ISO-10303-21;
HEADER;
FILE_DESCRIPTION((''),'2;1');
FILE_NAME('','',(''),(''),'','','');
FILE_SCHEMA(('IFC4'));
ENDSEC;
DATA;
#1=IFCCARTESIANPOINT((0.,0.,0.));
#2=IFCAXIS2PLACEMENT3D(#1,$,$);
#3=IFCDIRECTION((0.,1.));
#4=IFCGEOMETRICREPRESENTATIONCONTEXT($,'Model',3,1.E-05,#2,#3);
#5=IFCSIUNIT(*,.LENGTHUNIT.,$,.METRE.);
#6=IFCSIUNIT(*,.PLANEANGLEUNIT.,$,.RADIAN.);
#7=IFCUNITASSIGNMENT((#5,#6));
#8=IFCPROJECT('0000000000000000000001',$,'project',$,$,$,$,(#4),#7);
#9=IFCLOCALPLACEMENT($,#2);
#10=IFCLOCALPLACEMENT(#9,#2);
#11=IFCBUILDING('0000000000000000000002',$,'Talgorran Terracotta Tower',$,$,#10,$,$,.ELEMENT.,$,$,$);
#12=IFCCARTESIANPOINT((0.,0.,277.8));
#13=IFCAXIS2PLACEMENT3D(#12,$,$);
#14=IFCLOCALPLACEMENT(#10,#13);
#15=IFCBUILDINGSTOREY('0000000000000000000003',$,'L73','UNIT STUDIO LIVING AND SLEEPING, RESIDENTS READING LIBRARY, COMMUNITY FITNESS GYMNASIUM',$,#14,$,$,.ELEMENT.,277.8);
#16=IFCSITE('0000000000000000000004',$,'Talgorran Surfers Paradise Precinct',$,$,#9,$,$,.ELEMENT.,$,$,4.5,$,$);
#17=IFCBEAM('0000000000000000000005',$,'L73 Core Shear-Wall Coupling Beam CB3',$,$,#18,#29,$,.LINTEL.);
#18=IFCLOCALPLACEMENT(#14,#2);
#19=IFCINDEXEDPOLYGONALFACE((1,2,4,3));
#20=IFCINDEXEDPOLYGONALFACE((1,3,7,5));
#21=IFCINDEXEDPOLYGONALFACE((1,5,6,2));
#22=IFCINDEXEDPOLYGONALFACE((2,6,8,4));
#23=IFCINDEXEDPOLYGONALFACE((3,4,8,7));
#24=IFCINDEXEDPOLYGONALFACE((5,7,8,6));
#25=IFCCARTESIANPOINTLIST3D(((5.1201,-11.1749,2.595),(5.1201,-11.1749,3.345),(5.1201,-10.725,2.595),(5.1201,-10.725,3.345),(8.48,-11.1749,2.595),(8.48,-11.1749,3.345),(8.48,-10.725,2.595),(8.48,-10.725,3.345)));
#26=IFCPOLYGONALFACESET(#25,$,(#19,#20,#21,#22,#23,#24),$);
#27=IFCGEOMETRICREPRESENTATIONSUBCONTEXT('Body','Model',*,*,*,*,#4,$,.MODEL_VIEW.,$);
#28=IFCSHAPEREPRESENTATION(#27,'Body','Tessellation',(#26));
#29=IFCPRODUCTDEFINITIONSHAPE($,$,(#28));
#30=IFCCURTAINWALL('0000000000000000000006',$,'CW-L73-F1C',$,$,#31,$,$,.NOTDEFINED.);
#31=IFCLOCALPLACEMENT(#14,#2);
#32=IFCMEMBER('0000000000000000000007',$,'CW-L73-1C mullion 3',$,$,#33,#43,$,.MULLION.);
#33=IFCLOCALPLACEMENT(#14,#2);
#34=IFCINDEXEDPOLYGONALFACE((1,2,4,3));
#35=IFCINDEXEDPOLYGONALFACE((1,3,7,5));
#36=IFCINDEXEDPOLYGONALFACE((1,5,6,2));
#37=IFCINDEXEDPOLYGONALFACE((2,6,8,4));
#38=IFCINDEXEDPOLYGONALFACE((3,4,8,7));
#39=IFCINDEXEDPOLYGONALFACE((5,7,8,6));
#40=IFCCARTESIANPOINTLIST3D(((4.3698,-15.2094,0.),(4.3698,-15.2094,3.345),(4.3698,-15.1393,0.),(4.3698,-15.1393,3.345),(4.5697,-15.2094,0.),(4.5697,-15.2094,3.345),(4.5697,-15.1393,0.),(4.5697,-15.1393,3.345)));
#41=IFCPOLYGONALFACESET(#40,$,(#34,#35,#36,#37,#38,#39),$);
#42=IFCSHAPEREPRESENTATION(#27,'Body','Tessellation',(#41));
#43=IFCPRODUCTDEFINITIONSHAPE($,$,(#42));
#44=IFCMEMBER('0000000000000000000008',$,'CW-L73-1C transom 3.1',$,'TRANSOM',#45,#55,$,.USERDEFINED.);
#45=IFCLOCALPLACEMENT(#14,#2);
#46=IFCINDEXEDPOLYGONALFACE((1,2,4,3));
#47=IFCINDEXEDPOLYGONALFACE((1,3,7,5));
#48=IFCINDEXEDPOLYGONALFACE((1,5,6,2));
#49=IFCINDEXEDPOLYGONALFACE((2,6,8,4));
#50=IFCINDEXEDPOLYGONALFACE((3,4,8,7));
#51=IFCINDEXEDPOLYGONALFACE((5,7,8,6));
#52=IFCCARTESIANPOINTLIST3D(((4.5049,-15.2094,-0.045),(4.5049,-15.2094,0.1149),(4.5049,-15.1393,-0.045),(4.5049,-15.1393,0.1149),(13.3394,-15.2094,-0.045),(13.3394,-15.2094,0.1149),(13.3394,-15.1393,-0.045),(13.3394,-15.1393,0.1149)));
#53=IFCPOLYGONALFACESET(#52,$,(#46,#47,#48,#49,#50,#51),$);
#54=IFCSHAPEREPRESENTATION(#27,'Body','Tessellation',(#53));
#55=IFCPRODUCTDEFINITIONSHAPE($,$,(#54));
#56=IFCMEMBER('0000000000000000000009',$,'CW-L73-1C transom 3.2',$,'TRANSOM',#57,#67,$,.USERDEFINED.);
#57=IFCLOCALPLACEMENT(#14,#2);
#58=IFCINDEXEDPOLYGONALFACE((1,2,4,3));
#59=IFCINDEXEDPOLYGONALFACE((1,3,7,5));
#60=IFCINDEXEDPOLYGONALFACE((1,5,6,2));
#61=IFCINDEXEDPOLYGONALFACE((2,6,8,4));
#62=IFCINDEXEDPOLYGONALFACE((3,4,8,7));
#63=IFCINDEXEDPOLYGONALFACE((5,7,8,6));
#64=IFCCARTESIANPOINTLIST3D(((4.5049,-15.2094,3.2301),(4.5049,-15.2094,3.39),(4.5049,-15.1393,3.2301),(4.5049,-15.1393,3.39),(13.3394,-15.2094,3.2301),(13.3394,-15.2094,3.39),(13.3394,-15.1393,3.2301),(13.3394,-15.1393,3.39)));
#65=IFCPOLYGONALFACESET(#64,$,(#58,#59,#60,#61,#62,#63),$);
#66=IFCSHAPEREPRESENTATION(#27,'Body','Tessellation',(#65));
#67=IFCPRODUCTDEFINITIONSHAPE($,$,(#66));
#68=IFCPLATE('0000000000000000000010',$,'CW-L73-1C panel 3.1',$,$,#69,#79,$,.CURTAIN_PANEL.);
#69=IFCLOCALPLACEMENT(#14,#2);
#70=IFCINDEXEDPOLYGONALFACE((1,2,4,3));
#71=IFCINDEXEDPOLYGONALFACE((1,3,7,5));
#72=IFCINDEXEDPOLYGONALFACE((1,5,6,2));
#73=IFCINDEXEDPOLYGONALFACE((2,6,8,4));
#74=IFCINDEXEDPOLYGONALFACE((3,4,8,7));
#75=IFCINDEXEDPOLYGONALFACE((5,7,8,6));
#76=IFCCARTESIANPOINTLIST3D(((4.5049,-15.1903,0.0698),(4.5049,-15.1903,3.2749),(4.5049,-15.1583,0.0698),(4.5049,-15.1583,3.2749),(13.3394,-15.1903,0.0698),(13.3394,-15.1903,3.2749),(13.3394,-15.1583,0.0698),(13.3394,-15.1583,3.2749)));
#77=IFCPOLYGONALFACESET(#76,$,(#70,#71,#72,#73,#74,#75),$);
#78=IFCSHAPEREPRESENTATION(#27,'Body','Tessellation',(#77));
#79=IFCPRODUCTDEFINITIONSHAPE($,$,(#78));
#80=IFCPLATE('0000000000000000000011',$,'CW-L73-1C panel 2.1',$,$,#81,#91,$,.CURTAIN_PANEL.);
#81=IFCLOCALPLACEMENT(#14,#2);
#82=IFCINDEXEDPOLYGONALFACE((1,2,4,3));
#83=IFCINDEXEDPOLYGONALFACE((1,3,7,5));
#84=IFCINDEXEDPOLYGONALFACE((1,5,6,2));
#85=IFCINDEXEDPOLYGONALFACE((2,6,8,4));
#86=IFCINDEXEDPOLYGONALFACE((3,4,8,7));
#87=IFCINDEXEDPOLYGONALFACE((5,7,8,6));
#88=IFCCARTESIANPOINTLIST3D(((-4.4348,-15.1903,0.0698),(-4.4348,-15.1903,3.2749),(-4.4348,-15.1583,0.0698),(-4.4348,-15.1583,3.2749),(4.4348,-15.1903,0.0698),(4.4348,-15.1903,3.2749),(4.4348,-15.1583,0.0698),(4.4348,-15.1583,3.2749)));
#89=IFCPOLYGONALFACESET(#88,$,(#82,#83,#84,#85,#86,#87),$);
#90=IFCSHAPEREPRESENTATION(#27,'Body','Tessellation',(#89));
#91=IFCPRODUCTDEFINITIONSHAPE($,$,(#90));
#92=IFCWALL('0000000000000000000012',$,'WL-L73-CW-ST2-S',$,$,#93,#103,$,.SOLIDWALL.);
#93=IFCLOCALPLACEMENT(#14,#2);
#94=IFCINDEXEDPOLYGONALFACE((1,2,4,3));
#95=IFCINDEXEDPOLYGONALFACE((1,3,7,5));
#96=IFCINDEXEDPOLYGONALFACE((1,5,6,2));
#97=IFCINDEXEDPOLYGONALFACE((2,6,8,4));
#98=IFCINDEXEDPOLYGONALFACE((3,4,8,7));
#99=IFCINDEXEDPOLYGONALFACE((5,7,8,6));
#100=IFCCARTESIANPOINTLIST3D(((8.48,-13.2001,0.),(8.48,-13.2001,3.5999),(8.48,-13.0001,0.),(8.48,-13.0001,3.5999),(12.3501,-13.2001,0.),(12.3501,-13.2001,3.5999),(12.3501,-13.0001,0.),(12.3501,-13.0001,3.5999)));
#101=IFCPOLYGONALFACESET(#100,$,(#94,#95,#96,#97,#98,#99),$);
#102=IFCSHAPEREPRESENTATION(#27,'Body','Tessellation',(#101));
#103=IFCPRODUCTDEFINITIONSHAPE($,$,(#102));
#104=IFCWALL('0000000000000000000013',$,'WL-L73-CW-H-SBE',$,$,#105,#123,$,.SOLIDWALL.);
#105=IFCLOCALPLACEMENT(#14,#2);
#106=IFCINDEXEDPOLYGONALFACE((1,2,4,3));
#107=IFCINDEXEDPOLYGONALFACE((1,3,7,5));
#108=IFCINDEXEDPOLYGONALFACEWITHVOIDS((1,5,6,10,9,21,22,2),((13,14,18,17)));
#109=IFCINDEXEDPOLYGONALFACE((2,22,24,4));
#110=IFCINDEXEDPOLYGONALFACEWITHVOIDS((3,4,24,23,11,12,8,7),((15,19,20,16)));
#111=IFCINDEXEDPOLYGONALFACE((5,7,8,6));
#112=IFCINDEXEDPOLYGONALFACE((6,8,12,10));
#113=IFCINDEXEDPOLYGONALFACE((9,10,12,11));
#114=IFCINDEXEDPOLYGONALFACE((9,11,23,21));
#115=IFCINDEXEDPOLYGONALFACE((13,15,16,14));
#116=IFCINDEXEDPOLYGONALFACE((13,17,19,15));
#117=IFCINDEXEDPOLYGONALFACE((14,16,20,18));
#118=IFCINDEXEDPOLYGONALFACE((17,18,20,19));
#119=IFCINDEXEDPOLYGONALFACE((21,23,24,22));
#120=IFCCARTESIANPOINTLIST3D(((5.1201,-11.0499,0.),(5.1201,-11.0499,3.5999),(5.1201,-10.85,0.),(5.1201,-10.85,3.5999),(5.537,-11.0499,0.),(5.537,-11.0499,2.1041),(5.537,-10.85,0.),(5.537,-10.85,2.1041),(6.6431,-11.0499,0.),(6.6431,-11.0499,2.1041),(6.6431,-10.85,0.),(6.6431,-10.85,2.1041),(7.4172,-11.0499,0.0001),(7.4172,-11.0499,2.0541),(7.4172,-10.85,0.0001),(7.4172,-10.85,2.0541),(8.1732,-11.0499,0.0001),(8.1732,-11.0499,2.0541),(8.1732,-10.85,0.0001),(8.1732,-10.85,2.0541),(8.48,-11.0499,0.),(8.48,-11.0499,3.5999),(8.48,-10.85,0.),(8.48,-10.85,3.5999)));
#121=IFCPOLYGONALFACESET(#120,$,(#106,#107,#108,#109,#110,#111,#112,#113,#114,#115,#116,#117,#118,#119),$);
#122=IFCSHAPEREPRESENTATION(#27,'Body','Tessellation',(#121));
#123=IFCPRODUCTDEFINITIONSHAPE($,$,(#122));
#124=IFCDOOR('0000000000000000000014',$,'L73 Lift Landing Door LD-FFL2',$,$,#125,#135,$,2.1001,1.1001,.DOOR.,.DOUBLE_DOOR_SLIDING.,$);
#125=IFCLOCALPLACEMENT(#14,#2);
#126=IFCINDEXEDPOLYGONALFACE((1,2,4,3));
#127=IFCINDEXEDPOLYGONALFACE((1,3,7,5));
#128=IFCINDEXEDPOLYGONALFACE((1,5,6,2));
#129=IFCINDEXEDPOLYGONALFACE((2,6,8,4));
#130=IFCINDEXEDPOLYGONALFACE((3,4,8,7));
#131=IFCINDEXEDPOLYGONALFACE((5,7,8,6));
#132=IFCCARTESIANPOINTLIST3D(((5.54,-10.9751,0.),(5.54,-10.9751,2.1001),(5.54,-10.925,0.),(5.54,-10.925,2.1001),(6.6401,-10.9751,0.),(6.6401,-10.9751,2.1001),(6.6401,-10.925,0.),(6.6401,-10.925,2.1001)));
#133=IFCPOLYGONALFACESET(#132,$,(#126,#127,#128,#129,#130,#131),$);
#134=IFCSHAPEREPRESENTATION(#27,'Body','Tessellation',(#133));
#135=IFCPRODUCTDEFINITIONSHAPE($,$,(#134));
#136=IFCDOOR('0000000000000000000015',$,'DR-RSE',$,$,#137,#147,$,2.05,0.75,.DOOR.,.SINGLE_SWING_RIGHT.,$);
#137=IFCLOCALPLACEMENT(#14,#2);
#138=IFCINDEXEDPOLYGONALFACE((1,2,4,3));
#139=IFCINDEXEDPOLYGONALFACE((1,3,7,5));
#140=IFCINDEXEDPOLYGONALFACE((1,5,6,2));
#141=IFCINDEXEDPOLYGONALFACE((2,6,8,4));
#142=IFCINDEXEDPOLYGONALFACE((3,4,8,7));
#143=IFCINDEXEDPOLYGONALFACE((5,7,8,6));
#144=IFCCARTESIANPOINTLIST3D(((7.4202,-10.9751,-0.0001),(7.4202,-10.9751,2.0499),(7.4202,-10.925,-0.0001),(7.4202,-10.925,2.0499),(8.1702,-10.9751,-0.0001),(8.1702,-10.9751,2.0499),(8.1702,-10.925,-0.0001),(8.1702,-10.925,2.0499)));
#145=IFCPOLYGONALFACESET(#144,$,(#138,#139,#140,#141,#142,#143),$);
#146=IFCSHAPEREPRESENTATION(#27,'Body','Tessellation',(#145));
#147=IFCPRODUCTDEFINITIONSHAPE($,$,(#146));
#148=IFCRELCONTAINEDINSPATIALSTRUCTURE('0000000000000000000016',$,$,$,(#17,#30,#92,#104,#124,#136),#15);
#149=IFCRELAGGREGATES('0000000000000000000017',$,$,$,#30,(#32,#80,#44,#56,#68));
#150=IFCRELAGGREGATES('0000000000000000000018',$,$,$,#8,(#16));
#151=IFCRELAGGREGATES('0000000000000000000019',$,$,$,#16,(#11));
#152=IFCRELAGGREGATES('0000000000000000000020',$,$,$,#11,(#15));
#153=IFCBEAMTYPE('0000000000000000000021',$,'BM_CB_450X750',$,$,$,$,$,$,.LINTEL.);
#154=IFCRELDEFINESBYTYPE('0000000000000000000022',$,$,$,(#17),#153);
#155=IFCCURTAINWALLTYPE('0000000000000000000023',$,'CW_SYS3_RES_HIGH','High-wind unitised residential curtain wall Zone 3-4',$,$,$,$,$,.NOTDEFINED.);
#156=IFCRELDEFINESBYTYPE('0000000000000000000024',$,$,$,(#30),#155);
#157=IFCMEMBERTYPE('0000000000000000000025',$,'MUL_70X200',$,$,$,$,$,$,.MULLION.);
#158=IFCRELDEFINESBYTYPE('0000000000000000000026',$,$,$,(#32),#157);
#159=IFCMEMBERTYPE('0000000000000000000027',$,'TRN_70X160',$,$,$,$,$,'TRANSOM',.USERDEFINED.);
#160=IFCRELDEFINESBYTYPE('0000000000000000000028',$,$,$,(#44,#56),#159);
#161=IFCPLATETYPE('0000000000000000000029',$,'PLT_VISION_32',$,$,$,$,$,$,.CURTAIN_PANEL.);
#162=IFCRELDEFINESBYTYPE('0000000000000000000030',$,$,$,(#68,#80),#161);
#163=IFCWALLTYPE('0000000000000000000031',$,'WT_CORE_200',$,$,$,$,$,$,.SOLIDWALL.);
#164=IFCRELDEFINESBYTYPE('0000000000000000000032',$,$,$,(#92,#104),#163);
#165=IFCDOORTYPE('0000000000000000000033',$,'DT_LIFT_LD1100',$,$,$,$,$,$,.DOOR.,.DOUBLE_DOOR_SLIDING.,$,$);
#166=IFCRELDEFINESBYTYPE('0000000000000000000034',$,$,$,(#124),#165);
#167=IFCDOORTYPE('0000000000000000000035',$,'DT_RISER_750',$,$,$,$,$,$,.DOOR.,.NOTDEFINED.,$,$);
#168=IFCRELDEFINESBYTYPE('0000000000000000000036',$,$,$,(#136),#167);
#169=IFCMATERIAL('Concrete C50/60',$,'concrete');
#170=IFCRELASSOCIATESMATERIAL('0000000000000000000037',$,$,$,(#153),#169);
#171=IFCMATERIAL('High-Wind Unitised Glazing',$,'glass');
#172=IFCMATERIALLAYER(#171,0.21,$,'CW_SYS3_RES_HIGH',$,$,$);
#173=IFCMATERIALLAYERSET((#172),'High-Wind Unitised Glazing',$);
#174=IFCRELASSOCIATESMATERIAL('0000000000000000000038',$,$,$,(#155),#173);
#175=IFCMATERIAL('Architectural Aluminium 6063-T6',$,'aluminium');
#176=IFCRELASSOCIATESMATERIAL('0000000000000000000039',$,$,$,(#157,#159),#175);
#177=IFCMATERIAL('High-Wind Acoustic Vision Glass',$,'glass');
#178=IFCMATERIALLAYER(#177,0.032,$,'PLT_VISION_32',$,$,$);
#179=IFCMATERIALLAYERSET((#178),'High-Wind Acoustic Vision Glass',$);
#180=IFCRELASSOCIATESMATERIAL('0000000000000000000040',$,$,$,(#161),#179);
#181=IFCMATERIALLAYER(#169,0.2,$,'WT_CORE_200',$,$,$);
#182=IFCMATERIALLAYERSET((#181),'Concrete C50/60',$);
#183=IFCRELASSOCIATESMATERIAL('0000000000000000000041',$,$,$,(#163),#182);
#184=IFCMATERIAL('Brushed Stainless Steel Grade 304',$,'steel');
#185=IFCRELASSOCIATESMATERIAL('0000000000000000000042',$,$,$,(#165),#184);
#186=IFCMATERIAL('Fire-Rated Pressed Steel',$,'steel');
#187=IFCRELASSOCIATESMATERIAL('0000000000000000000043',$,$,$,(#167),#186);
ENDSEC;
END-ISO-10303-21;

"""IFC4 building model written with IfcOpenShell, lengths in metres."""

from ifc_helpers import new_model, si_unit, direction, frame, frame_2d, origin, origin_2d, place, context, subcontext, project, spatial, rectangle, extrude, source, transform, mapped, material, layer, layer_set, material_profile, profile_set, type_object, type_shapes, element, fill, aggregate, save


model = new_model("IFC4")

# Units and contexts
model_context = context("Model", 3, precision=1e-05, world=origin(), true_north=direction((0.0, 1.0)))
body_context = subcontext(model_context, "Body", "Model", "MODEL_VIEW")
ifc_project = project(units=[si_unit("LENGTHUNIT", "METRE"), si_unit("PLANEANGLEUNIT", "RADIAN")], contexts=[model_context])

# Site, building, storey
site_placement = place(None, origin())
site = spatial("IfcSite", under=ifc_project, at=site_placement, Name="Talgorran Surfers Paradise Precinct", CompositionType="ELEMENT", RefElevation=4.5)
building_placement = place(site_placement, origin())
building = spatial("IfcBuilding", under=site, at=building_placement, Name="Talgorran Terracotta Tower", CompositionType="ELEMENT")
storey_placement = place(building_placement, frame((0.0, 0.0, 277.8)))
storey = spatial("IfcBuildingStorey", under=building, at=storey_placement, Name="L73", Description="UNIT STUDIO LIVING AND SLEEPING, RESIDENTS READING LIBRARY, COMMUNITY FITNESS GYMNASIUM", CompositionType="ELEMENT", Elevation=277.8)

# Beam
ifc_material_1 = material(Name="Concrete C50/60", Category="concrete")
ifc_material_profile_1 = material_profile(ifc_material_1, rectangle(XDim=0.45, YDim=0.75, at=origin_2d()), Name="RCCB450X750")
ifc_profile_set_1 = profile_set([ifc_material_profile_1], Name="Concrete C50/60")
beam_type = type_object("IfcBeamType", Name="BM_CB_450X750", PredefinedType="LINTEL", material=ifc_profile_set_1)
beam_placement = place(storey_placement, frame((5.1201, -10.95, 2.97), z_axis=(1.0, 0.0, 0.0), x_axis=(0.0, 1.0, 0.0)))
element("IfcBeam", 1, at=beam_placement, inside=storey, type_object=beam_type, Name="L73 Core Shear-Wall Coupling Beam CB3", PredefinedType="LINTEL", context=body_context, shape_type="SweptSolid", body=[
    extrude(rectangle(XDim=0.45, YDim=0.75, at=origin_2d()), origin(), (0.0, 0.0, 1.0), 3.3599),
])

# Curtain wall, members, plates
ifc_material_2 = material(Name="High-Wind Unitised Glazing", Category="glass")
ifc_layer_1 = layer(ifc_material_2, 0.21, Name="CW_SYS3_RES_HIGH")
ifc_layer_set_1 = layer_set([ifc_layer_1], Name="High-Wind Unitised Glazing")
curtain_wall_type = type_object("IfcCurtainWallType", Name="CW_SYS3_RES_HIGH", Description="High-wind unitised residential curtain wall Zone 3-4", PredefinedType="NOTDEFINED", material=ifc_layer_set_1)
curtain_wall_placement = place(storey_placement, origin())
curtain_wall = element("IfcCurtainWall", 2, at=curtain_wall_placement, inside=storey, type_object=curtain_wall_type, Name="CW-L73-F1C", PredefinedType="NOTDEFINED")
ifc_material_3 = material(Name="Architectural Aluminium 6063-T6", Category="aluminium")
ifc_material_profile_2 = material_profile(ifc_material_3, rectangle(XDim=0.0701, YDim=0.2, at=origin_2d()), Name="CWM70X200")
ifc_profile_set_2 = profile_set([ifc_material_profile_2], Name="Architectural Aluminium 6063-T6")
member_type_1 = type_object("IfcMemberType", Name="MUL_70X200", PredefinedType="MULLION", material=ifc_profile_set_2)
member_1_placement = place(storey_placement, frame((4.4697, -15.1743, 0.0), z_axis=(0.0, 0.0, 1.0), x_axis=(0.0, 1.0, 0.0)))
member_1 = element("IfcMember", 3, at=member_1_placement, type_object=member_type_1, Name="CW-L73-1C mullion 3", PredefinedType="MULLION", context=body_context, shape_type="SweptSolid", body=[
    extrude(rectangle(XDim=0.0701, YDim=0.2, at=origin_2d()), origin(), (0.0, 0.0, 1.0), 3.345),
])
ifc_material_profile_3 = material_profile(ifc_material_3, rectangle(XDim=0.0701, YDim=0.1599, at=origin_2d()), Name="CWT70X160")
ifc_profile_set_3 = profile_set([ifc_material_profile_3], Name="Architectural Aluminium 6063-T6")
member_type_2 = type_object("IfcMemberType", Name="TRN_70X160", ElementType="TRANSOM", PredefinedType="USERDEFINED", material=ifc_profile_set_3)
member_2_placement = place(storey_placement, frame((4.5049, -15.1743, 0.0349), z_axis=(1.0, 0.0, 0.0), x_axis=(0.0, 1.0, 0.0)))
member_2 = element("IfcMember", 4, at=member_2_placement, type_object=member_type_2, Name="CW-L73-1C transom 3.1", ObjectType="TRANSOM", PredefinedType="USERDEFINED", context=body_context, shape_type="SweptSolid", body=[
    extrude(rectangle(XDim=0.0701, YDim=0.1599, at=origin_2d()), origin(), (0.0, 0.0, 1.0), 8.8345),
])
member_3_placement = place(storey_placement, frame((4.5049, -15.1743, 3.3101), z_axis=(1.0, 0.0, 0.0), x_axis=(0.0, 1.0, 0.0)))
member_3 = element("IfcMember", 5, at=member_3_placement, type_object=member_type_2, Name="CW-L73-1C transom 3.2", ObjectType="TRANSOM", PredefinedType="USERDEFINED", context=body_context, shape_type="SweptSolid", body=[
    extrude(rectangle(XDim=0.0701, YDim=0.1599, at=origin_2d()), origin(), (0.0, 0.0, 1.0), 8.8345),
])
ifc_material_4 = material(Name="High-Wind Acoustic Vision Glass", Category="glass")
ifc_layer_2 = layer(ifc_material_4, 0.032, Name="PLT_VISION_32")
ifc_layer_set_2 = layer_set([ifc_layer_2], Name="High-Wind Acoustic Vision Glass")
plate_type = type_object("IfcPlateType", Name="PLT_VISION_32", PredefinedType="CURTAIN_PANEL", material=ifc_layer_set_2)
shared_shape_1 = source(origin(), body_context, "Body", "SweptSolid", [
    extrude(rectangle(XDim=8.8345, YDim=0.032, at=origin_2d()), origin(), (0.0, 0.0, 1.0), 3.2051),
])
plate_1_placement = place(storey_placement, frame((8.9221, -15.1743, 0.0698), z_axis=(0.0, 0.0, 1.0), x_axis=(1.0, 0.0, 0.0)))
plate_1 = element("IfcPlate", 6, at=plate_1_placement, type_object=plate_type, Name="CW-L73-1C panel 3.1", PredefinedType="CURTAIN_PANEL", context=body_context, shape_type="MappedRepresentation", body=[
    mapped(shared_shape_1, transform((0.0, 0.0, 0.0), scale=1.0)),
])
shared_shape_2 = source(origin(), body_context, "Body", "SweptSolid", [
    extrude(rectangle(XDim=8.8696, YDim=0.032, at=origin_2d()), origin(), (0.0, 0.0, 1.0), 3.2051),
])
type_shapes(plate_type, [shared_shape_1, shared_shape_2])
plate_2_placement = place(storey_placement, frame((0.0, -15.1743, 0.0698), z_axis=(0.0, 0.0, 1.0), x_axis=(1.0, 0.0, 0.0)))
plate_2 = element("IfcPlate", 7, at=plate_2_placement, type_object=plate_type, Name="CW-L73-1C panel 2.1", PredefinedType="CURTAIN_PANEL", context=body_context, shape_type="MappedRepresentation", body=[
    mapped(shared_shape_2, transform((0.0, 0.0, 0.0), scale=1.0)),
])
aggregate(curtain_wall, [member_1, plate_2, member_2, member_3, plate_1])

# Wall
ifc_layer_3 = layer(ifc_material_1, 0.2, Name="WT_CORE_200")
ifc_layer_set_3 = layer_set([ifc_layer_3], Name="Concrete C50/60")
wall_type_1 = type_object("IfcWallType", Name="WT_CORE_200", PredefinedType="SOLIDWALL", material=ifc_layer_set_3)
wall_1_placement = place(storey_placement, frame((8.48, -13.1001, 0.0), z_axis=(0.0, 0.0, 1.0), x_axis=(1.0, 0.0, 0.0)))
element("IfcWall", 8, at=wall_1_placement, inside=storey, type_object=wall_type_1, Name="WL-L73-CW-ST2-S", PredefinedType="SOLIDWALL", context=body_context, shape_type="SweptSolid", body=[
    extrude(rectangle(XDim=3.8701, YDim=0.2, at=frame_2d((1.9351, 0.0))), origin(), (0.0, 0.0, 1.0), 3.5999),
])

# Wall, openings, doors
wall_2_placement = place(storey_placement, frame((5.1201, -10.95, 0.0), z_axis=(0.0, 0.0, 1.0), x_axis=(1.0, 0.0, 0.0)))
wall_2 = element("IfcWall", 9, at=wall_2_placement, inside=storey, type_object=wall_type_1, Name="WL-L73-CW-H-SBE", PredefinedType="SOLIDWALL", context=body_context, shape_type="SweptSolid", body=[
    extrude(rectangle(XDim=3.3599, YDim=0.2, at=frame_2d((1.6799, 0.0))), origin(), (0.0, 0.0, 1.0), 3.5999),
])
opening_1_placement = place(wall_2_placement, frame((0.4199, 0.0, 0.0)))
opening_1 = element("IfcOpeningElement", 10, at=opening_1_placement, cuts=wall_2, PredefinedType="OPENING", context=body_context, shape_type="SweptSolid", body=[
    extrude(rectangle(XDim=1.1061, YDim=2.1041, at=frame_2d((0.55, 1.052))), frame((0.0, 0.1099, 0.0), z_axis=(0.0, -1.0, 0.0), x_axis=(1.0, 0.0, 0.0)), (0.0, 0.0, 1.0), 0.22),
])
opening_2_placement = place(wall_2_placement, frame((2.3, 0.0, 0.0)))
opening_2 = element("IfcOpeningElement", 11, at=opening_2_placement, cuts=wall_2, PredefinedType="OPENING", context=body_context, shape_type="SweptSolid", body=[
    extrude(rectangle(XDim=0.756, YDim=2.054, at=frame_2d((0.375, 1.0271))), frame((0.0, 0.1099, 0.0), z_axis=(0.0, -1.0, 0.0), x_axis=(1.0, 0.0, 0.0)), (0.0, 0.0, 1.0), 0.22),
])
ifc_material_5 = material(Name="Brushed Stainless Steel Grade 304", Category="steel")
door_type_1 = type_object("IfcDoorType", Name="DT_LIFT_LD1100", OperationType="DOUBLE_DOOR_SLIDING", PredefinedType="DOOR", material=ifc_material_5)
door_1_placement = place(opening_1_placement, origin())
door_1 = element("IfcDoor", 12, at=door_1_placement, inside=storey, type_object=door_type_1, Name="L73 Lift Landing Door LD-FFL2", OperationType="DOUBLE_DOOR_SLIDING", OverallHeight=2.1001, OverallWidth=1.1001, PredefinedType="DOOR", context=body_context, shape_type="SweptSolid", body=[
    extrude(rectangle(XDim=1.1001, YDim=2.1001, at=frame_2d((0.55, 1.05))), frame((0.0, 0.0249, 0.0), z_axis=(0.0, -1.0, 0.0), x_axis=(1.0, 0.0, 0.0)), (0.0, 0.0, 1.0), 0.05),
])
fill(opening_1, door_1)
ifc_material_6 = material(Name="Fire-Rated Pressed Steel", Category="steel")
door_type_2 = type_object("IfcDoorType", Name="DT_RISER_750", OperationType="NOTDEFINED", PredefinedType="DOOR", material=ifc_material_6)
door_2_placement = place(opening_2_placement, origin())
door_2 = element("IfcDoor", 13, at=door_2_placement, inside=storey, type_object=door_type_2, Name="DR-RSE", OperationType="SINGLE_SWING_RIGHT", OverallHeight=2.05, OverallWidth=0.75, PredefinedType="DOOR", context=body_context, shape_type="SweptSolid", body=[
    extrude(rectangle(XDim=0.75, YDim=2.05, at=frame_2d((0.375, 1.0249))), frame((0.0, 0.0249, 0.0), z_axis=(0.0, -1.0, 0.0), x_axis=(1.0, 0.0, 0.0)), (0.0, 0.0, 1.0), 0.05),
])
fill(opening_2, door_2)

save(model, "model.ifc")
